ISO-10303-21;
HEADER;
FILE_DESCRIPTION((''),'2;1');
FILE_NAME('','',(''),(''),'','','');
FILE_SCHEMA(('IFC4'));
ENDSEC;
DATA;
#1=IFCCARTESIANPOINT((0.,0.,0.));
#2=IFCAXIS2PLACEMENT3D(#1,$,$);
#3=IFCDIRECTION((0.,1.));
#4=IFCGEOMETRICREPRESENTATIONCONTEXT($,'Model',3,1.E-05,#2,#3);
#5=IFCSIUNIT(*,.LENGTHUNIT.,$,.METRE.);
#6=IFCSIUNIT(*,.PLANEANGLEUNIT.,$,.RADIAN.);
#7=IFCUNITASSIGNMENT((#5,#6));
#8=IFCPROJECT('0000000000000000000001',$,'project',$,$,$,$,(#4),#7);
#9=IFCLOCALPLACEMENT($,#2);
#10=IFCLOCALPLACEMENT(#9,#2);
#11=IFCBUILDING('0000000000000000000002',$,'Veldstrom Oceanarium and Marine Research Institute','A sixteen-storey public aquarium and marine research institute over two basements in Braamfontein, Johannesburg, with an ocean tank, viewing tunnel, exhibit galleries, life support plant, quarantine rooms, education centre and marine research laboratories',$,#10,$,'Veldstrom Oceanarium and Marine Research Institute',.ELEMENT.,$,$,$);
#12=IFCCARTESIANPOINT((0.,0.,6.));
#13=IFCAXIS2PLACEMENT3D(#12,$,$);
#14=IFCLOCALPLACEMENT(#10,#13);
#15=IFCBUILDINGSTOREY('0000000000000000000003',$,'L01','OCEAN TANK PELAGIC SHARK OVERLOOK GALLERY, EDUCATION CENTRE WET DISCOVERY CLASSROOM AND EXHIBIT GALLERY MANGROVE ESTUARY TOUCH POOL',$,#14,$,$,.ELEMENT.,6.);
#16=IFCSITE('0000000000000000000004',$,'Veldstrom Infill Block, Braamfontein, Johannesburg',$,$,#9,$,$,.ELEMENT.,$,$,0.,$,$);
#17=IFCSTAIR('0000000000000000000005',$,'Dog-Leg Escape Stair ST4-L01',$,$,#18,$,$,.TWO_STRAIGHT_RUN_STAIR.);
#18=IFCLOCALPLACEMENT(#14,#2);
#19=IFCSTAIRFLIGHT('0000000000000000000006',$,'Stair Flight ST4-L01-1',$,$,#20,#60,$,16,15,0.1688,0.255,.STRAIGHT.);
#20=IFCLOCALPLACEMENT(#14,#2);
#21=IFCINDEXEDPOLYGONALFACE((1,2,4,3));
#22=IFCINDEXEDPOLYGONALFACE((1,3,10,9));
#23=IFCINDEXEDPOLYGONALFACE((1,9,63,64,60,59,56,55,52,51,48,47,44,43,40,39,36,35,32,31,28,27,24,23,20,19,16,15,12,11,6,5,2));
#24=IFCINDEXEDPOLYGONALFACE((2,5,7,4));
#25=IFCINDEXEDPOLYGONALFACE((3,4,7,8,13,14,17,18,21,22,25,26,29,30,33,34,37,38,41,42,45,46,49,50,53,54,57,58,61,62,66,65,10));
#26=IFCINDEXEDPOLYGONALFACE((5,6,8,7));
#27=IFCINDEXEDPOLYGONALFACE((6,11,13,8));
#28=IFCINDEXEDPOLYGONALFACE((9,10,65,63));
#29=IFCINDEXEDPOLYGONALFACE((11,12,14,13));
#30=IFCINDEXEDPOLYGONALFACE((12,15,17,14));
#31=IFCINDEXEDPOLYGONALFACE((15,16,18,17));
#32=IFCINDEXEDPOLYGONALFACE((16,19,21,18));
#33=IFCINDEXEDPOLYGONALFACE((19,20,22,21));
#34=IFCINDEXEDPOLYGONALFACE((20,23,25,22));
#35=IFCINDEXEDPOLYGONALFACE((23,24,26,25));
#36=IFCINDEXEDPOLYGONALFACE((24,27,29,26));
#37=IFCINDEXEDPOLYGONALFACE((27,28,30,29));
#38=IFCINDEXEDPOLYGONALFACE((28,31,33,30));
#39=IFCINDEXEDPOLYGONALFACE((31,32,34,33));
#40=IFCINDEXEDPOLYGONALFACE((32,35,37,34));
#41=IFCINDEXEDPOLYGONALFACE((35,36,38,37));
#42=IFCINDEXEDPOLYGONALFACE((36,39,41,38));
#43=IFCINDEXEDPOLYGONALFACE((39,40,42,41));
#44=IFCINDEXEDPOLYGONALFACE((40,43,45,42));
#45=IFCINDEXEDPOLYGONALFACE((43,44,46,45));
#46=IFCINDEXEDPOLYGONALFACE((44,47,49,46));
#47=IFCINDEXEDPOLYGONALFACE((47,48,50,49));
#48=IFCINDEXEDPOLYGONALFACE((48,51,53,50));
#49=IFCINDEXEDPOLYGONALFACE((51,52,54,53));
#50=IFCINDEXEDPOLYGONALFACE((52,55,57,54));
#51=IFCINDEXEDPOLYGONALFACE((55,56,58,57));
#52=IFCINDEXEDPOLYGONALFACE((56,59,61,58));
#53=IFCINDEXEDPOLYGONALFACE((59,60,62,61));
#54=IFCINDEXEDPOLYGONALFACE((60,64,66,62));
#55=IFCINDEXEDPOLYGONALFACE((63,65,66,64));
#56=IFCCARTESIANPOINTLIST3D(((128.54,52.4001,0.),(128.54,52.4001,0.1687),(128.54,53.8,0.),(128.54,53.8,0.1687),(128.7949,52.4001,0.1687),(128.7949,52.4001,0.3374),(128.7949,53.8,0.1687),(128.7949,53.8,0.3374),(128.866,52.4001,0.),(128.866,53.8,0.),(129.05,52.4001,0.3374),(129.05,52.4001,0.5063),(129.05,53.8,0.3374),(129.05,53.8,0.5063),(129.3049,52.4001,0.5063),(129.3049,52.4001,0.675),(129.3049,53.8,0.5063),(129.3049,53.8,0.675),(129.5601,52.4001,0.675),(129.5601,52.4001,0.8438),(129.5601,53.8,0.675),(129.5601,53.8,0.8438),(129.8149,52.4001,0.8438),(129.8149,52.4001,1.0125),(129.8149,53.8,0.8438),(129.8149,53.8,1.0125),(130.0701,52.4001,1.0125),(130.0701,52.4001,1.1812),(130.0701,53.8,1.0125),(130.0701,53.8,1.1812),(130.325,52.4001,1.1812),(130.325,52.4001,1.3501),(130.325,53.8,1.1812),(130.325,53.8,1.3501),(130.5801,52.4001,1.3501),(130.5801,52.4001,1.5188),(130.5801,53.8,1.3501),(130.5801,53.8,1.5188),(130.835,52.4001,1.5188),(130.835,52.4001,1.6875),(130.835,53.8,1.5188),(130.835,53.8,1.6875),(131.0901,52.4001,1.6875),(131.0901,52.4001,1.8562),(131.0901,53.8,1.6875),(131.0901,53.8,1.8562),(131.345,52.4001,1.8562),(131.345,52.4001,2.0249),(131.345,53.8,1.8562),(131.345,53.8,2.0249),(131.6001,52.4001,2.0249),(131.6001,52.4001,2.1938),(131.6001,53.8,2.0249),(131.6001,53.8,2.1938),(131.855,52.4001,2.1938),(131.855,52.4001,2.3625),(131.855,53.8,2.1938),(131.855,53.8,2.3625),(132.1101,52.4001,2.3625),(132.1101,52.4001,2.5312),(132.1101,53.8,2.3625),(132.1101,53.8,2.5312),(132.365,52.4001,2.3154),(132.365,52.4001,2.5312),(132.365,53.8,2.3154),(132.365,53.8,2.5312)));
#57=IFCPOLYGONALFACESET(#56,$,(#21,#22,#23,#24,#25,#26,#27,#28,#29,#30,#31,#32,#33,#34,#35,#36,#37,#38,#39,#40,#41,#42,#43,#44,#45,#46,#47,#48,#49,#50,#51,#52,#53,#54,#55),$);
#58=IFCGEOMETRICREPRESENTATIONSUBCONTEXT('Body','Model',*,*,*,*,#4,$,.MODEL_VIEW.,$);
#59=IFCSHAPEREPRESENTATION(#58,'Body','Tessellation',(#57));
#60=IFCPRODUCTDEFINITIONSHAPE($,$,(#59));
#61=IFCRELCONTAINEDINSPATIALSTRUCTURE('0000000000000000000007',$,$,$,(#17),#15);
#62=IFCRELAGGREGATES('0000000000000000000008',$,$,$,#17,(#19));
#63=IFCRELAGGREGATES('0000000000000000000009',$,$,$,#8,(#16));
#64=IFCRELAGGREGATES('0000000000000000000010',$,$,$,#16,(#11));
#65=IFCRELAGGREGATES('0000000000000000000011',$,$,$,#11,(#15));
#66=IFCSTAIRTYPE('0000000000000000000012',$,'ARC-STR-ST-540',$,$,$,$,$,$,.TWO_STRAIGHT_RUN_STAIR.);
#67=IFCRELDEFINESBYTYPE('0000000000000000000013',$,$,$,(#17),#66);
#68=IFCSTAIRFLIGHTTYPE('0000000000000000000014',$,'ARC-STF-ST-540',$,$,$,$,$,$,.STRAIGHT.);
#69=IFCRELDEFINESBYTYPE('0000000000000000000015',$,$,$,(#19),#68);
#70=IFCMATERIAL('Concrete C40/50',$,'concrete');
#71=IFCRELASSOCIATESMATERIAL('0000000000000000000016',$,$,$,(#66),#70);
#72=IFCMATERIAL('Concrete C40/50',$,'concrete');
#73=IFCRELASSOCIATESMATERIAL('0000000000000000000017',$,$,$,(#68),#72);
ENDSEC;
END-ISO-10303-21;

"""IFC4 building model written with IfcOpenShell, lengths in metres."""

from ifc_helpers import new_model, si_unit, direction, frame, origin, place, context, subcontext, project, spatial, polyline, outline, extrude, material, type_object, element, aggregate, save


model = new_model("IFC4")

# Units and contexts
model_context = context("Model", 3, precision=1e-05, world=origin(), true_north=direction((0.0, 1.0)))
body_context = subcontext(model_context, "Body", "Model", "MODEL_VIEW")
ifc_project = project(units=[si_unit("LENGTHUNIT", "METRE"), si_unit("PLANEANGLEUNIT", "RADIAN")], contexts=[model_context])

# Site, building, storey
site_placement = place(None, origin())
site = spatial("IfcSite", under=ifc_project, at=site_placement, Name="Veldstrom Infill Block, Braamfontein, Johannesburg", CompositionType="ELEMENT", RefElevation=0.0)
building_placement = place(site_placement, origin())
building = spatial("IfcBuilding", under=site, at=building_placement, Name="Veldstrom Oceanarium and Marine Research Institute", Description="A sixteen-storey public aquarium and marine research institute over two basements in Braamfontein, Johannesburg, with an ocean tank, viewing tunnel, exhibit galleries, life support plant, quarantine rooms, education centre and marine research laboratories", LongName="Veldstrom Oceanarium and Marine Research Institute", CompositionType="ELEMENT")
storey_placement = place(building_placement, frame((0.0, 0.0, 6.0)))
storey = spatial("IfcBuildingStorey", under=building, at=storey_placement, Name="L01", Description="OCEAN TANK PELAGIC SHARK OVERLOOK GALLERY, EDUCATION CENTRE WET DISCOVERY CLASSROOM AND EXHIBIT GALLERY MANGROVE ESTUARY TOUCH POOL", CompositionType="ELEMENT", Elevation=6.0)

# Stair, stair flight
ifc_material_1 = material(Name="Concrete C40/50", Category="concrete")
stair_type = type_object("IfcStairType", Name="ARC-STR-ST-540", PredefinedType="TWO_STRAIGHT_RUN_STAIR", material=ifc_material_1)
stair_placement = place(storey_placement, origin())
stair = element("IfcStair", 1, at=stair_placement, inside=storey, type_object=stair_type, Name="Dog-Leg Escape Stair ST4-L01", PredefinedType="TWO_STRAIGHT_RUN_STAIR")
ifc_material_2 = material(Name="Concrete C40/50", Category="concrete")
stair_flight_type = type_object("IfcStairFlightType", Name="ARC-STF-ST-540", PredefinedType="STRAIGHT", material=ifc_material_2)
stair_flight_placement = place(storey_placement, frame((128.54, 53.1001, 0.0), z_axis=(0.0, 0.0, 1.0), x_axis=(1.0, 0.0, 0.0)))
stair_flight = element("IfcStairFlight", 2, at=stair_flight_placement, type_object=stair_flight_type, Name="Stair Flight ST4-L01-1", NumberOfRisers=16, NumberOfTreads=15, PredefinedType="STRAIGHT", RiserHeight=0.1688, TreadLength=0.255, context=body_context, shape_type="SweptSolid", body=[
    extrude(outline(polyline([(0.0, 0.0), (0.0, 0.1687), (0.2549, 0.1687), (0.2549, 0.3374), (0.51, 0.3374), (0.51, 0.5063), (0.7649, 0.5063), (0.7649, 0.675), (1.02, 0.675), (1.02, 0.8438), (1.2749, 0.8438), (1.2749, 1.0125), (1.53, 1.0125), (1.53, 1.1812), (1.7849, 1.1812), (1.7849, 1.3501), (2.04, 1.3501), (2.04, 1.5188), (2.2949, 1.5188), (2.2949, 1.6875), (2.55, 1.6875), (2.55, 1.8562), (2.8049, 1.8562), (2.8049, 2.0249), (3.0601, 2.0249), (3.0601, 2.1938), (3.3149, 2.1938), (3.3149, 2.3625), (3.5701, 2.3625), (3.5701, 2.5312), (3.825, 2.5312), (3.825, 2.7), (3.825, 2.3154), (0.3259, 0.0), (0.0, 0.0)])), frame((0.0, 0.7, 0.0), z_axis=(0.0, -1.0, 0.0), x_axis=(1.0, 0.0, 0.0)), (0.0, 0.0, 1.0), 1.3999),
])
aggregate(stair, [stair_flight])

save(model, "model.ifc")
